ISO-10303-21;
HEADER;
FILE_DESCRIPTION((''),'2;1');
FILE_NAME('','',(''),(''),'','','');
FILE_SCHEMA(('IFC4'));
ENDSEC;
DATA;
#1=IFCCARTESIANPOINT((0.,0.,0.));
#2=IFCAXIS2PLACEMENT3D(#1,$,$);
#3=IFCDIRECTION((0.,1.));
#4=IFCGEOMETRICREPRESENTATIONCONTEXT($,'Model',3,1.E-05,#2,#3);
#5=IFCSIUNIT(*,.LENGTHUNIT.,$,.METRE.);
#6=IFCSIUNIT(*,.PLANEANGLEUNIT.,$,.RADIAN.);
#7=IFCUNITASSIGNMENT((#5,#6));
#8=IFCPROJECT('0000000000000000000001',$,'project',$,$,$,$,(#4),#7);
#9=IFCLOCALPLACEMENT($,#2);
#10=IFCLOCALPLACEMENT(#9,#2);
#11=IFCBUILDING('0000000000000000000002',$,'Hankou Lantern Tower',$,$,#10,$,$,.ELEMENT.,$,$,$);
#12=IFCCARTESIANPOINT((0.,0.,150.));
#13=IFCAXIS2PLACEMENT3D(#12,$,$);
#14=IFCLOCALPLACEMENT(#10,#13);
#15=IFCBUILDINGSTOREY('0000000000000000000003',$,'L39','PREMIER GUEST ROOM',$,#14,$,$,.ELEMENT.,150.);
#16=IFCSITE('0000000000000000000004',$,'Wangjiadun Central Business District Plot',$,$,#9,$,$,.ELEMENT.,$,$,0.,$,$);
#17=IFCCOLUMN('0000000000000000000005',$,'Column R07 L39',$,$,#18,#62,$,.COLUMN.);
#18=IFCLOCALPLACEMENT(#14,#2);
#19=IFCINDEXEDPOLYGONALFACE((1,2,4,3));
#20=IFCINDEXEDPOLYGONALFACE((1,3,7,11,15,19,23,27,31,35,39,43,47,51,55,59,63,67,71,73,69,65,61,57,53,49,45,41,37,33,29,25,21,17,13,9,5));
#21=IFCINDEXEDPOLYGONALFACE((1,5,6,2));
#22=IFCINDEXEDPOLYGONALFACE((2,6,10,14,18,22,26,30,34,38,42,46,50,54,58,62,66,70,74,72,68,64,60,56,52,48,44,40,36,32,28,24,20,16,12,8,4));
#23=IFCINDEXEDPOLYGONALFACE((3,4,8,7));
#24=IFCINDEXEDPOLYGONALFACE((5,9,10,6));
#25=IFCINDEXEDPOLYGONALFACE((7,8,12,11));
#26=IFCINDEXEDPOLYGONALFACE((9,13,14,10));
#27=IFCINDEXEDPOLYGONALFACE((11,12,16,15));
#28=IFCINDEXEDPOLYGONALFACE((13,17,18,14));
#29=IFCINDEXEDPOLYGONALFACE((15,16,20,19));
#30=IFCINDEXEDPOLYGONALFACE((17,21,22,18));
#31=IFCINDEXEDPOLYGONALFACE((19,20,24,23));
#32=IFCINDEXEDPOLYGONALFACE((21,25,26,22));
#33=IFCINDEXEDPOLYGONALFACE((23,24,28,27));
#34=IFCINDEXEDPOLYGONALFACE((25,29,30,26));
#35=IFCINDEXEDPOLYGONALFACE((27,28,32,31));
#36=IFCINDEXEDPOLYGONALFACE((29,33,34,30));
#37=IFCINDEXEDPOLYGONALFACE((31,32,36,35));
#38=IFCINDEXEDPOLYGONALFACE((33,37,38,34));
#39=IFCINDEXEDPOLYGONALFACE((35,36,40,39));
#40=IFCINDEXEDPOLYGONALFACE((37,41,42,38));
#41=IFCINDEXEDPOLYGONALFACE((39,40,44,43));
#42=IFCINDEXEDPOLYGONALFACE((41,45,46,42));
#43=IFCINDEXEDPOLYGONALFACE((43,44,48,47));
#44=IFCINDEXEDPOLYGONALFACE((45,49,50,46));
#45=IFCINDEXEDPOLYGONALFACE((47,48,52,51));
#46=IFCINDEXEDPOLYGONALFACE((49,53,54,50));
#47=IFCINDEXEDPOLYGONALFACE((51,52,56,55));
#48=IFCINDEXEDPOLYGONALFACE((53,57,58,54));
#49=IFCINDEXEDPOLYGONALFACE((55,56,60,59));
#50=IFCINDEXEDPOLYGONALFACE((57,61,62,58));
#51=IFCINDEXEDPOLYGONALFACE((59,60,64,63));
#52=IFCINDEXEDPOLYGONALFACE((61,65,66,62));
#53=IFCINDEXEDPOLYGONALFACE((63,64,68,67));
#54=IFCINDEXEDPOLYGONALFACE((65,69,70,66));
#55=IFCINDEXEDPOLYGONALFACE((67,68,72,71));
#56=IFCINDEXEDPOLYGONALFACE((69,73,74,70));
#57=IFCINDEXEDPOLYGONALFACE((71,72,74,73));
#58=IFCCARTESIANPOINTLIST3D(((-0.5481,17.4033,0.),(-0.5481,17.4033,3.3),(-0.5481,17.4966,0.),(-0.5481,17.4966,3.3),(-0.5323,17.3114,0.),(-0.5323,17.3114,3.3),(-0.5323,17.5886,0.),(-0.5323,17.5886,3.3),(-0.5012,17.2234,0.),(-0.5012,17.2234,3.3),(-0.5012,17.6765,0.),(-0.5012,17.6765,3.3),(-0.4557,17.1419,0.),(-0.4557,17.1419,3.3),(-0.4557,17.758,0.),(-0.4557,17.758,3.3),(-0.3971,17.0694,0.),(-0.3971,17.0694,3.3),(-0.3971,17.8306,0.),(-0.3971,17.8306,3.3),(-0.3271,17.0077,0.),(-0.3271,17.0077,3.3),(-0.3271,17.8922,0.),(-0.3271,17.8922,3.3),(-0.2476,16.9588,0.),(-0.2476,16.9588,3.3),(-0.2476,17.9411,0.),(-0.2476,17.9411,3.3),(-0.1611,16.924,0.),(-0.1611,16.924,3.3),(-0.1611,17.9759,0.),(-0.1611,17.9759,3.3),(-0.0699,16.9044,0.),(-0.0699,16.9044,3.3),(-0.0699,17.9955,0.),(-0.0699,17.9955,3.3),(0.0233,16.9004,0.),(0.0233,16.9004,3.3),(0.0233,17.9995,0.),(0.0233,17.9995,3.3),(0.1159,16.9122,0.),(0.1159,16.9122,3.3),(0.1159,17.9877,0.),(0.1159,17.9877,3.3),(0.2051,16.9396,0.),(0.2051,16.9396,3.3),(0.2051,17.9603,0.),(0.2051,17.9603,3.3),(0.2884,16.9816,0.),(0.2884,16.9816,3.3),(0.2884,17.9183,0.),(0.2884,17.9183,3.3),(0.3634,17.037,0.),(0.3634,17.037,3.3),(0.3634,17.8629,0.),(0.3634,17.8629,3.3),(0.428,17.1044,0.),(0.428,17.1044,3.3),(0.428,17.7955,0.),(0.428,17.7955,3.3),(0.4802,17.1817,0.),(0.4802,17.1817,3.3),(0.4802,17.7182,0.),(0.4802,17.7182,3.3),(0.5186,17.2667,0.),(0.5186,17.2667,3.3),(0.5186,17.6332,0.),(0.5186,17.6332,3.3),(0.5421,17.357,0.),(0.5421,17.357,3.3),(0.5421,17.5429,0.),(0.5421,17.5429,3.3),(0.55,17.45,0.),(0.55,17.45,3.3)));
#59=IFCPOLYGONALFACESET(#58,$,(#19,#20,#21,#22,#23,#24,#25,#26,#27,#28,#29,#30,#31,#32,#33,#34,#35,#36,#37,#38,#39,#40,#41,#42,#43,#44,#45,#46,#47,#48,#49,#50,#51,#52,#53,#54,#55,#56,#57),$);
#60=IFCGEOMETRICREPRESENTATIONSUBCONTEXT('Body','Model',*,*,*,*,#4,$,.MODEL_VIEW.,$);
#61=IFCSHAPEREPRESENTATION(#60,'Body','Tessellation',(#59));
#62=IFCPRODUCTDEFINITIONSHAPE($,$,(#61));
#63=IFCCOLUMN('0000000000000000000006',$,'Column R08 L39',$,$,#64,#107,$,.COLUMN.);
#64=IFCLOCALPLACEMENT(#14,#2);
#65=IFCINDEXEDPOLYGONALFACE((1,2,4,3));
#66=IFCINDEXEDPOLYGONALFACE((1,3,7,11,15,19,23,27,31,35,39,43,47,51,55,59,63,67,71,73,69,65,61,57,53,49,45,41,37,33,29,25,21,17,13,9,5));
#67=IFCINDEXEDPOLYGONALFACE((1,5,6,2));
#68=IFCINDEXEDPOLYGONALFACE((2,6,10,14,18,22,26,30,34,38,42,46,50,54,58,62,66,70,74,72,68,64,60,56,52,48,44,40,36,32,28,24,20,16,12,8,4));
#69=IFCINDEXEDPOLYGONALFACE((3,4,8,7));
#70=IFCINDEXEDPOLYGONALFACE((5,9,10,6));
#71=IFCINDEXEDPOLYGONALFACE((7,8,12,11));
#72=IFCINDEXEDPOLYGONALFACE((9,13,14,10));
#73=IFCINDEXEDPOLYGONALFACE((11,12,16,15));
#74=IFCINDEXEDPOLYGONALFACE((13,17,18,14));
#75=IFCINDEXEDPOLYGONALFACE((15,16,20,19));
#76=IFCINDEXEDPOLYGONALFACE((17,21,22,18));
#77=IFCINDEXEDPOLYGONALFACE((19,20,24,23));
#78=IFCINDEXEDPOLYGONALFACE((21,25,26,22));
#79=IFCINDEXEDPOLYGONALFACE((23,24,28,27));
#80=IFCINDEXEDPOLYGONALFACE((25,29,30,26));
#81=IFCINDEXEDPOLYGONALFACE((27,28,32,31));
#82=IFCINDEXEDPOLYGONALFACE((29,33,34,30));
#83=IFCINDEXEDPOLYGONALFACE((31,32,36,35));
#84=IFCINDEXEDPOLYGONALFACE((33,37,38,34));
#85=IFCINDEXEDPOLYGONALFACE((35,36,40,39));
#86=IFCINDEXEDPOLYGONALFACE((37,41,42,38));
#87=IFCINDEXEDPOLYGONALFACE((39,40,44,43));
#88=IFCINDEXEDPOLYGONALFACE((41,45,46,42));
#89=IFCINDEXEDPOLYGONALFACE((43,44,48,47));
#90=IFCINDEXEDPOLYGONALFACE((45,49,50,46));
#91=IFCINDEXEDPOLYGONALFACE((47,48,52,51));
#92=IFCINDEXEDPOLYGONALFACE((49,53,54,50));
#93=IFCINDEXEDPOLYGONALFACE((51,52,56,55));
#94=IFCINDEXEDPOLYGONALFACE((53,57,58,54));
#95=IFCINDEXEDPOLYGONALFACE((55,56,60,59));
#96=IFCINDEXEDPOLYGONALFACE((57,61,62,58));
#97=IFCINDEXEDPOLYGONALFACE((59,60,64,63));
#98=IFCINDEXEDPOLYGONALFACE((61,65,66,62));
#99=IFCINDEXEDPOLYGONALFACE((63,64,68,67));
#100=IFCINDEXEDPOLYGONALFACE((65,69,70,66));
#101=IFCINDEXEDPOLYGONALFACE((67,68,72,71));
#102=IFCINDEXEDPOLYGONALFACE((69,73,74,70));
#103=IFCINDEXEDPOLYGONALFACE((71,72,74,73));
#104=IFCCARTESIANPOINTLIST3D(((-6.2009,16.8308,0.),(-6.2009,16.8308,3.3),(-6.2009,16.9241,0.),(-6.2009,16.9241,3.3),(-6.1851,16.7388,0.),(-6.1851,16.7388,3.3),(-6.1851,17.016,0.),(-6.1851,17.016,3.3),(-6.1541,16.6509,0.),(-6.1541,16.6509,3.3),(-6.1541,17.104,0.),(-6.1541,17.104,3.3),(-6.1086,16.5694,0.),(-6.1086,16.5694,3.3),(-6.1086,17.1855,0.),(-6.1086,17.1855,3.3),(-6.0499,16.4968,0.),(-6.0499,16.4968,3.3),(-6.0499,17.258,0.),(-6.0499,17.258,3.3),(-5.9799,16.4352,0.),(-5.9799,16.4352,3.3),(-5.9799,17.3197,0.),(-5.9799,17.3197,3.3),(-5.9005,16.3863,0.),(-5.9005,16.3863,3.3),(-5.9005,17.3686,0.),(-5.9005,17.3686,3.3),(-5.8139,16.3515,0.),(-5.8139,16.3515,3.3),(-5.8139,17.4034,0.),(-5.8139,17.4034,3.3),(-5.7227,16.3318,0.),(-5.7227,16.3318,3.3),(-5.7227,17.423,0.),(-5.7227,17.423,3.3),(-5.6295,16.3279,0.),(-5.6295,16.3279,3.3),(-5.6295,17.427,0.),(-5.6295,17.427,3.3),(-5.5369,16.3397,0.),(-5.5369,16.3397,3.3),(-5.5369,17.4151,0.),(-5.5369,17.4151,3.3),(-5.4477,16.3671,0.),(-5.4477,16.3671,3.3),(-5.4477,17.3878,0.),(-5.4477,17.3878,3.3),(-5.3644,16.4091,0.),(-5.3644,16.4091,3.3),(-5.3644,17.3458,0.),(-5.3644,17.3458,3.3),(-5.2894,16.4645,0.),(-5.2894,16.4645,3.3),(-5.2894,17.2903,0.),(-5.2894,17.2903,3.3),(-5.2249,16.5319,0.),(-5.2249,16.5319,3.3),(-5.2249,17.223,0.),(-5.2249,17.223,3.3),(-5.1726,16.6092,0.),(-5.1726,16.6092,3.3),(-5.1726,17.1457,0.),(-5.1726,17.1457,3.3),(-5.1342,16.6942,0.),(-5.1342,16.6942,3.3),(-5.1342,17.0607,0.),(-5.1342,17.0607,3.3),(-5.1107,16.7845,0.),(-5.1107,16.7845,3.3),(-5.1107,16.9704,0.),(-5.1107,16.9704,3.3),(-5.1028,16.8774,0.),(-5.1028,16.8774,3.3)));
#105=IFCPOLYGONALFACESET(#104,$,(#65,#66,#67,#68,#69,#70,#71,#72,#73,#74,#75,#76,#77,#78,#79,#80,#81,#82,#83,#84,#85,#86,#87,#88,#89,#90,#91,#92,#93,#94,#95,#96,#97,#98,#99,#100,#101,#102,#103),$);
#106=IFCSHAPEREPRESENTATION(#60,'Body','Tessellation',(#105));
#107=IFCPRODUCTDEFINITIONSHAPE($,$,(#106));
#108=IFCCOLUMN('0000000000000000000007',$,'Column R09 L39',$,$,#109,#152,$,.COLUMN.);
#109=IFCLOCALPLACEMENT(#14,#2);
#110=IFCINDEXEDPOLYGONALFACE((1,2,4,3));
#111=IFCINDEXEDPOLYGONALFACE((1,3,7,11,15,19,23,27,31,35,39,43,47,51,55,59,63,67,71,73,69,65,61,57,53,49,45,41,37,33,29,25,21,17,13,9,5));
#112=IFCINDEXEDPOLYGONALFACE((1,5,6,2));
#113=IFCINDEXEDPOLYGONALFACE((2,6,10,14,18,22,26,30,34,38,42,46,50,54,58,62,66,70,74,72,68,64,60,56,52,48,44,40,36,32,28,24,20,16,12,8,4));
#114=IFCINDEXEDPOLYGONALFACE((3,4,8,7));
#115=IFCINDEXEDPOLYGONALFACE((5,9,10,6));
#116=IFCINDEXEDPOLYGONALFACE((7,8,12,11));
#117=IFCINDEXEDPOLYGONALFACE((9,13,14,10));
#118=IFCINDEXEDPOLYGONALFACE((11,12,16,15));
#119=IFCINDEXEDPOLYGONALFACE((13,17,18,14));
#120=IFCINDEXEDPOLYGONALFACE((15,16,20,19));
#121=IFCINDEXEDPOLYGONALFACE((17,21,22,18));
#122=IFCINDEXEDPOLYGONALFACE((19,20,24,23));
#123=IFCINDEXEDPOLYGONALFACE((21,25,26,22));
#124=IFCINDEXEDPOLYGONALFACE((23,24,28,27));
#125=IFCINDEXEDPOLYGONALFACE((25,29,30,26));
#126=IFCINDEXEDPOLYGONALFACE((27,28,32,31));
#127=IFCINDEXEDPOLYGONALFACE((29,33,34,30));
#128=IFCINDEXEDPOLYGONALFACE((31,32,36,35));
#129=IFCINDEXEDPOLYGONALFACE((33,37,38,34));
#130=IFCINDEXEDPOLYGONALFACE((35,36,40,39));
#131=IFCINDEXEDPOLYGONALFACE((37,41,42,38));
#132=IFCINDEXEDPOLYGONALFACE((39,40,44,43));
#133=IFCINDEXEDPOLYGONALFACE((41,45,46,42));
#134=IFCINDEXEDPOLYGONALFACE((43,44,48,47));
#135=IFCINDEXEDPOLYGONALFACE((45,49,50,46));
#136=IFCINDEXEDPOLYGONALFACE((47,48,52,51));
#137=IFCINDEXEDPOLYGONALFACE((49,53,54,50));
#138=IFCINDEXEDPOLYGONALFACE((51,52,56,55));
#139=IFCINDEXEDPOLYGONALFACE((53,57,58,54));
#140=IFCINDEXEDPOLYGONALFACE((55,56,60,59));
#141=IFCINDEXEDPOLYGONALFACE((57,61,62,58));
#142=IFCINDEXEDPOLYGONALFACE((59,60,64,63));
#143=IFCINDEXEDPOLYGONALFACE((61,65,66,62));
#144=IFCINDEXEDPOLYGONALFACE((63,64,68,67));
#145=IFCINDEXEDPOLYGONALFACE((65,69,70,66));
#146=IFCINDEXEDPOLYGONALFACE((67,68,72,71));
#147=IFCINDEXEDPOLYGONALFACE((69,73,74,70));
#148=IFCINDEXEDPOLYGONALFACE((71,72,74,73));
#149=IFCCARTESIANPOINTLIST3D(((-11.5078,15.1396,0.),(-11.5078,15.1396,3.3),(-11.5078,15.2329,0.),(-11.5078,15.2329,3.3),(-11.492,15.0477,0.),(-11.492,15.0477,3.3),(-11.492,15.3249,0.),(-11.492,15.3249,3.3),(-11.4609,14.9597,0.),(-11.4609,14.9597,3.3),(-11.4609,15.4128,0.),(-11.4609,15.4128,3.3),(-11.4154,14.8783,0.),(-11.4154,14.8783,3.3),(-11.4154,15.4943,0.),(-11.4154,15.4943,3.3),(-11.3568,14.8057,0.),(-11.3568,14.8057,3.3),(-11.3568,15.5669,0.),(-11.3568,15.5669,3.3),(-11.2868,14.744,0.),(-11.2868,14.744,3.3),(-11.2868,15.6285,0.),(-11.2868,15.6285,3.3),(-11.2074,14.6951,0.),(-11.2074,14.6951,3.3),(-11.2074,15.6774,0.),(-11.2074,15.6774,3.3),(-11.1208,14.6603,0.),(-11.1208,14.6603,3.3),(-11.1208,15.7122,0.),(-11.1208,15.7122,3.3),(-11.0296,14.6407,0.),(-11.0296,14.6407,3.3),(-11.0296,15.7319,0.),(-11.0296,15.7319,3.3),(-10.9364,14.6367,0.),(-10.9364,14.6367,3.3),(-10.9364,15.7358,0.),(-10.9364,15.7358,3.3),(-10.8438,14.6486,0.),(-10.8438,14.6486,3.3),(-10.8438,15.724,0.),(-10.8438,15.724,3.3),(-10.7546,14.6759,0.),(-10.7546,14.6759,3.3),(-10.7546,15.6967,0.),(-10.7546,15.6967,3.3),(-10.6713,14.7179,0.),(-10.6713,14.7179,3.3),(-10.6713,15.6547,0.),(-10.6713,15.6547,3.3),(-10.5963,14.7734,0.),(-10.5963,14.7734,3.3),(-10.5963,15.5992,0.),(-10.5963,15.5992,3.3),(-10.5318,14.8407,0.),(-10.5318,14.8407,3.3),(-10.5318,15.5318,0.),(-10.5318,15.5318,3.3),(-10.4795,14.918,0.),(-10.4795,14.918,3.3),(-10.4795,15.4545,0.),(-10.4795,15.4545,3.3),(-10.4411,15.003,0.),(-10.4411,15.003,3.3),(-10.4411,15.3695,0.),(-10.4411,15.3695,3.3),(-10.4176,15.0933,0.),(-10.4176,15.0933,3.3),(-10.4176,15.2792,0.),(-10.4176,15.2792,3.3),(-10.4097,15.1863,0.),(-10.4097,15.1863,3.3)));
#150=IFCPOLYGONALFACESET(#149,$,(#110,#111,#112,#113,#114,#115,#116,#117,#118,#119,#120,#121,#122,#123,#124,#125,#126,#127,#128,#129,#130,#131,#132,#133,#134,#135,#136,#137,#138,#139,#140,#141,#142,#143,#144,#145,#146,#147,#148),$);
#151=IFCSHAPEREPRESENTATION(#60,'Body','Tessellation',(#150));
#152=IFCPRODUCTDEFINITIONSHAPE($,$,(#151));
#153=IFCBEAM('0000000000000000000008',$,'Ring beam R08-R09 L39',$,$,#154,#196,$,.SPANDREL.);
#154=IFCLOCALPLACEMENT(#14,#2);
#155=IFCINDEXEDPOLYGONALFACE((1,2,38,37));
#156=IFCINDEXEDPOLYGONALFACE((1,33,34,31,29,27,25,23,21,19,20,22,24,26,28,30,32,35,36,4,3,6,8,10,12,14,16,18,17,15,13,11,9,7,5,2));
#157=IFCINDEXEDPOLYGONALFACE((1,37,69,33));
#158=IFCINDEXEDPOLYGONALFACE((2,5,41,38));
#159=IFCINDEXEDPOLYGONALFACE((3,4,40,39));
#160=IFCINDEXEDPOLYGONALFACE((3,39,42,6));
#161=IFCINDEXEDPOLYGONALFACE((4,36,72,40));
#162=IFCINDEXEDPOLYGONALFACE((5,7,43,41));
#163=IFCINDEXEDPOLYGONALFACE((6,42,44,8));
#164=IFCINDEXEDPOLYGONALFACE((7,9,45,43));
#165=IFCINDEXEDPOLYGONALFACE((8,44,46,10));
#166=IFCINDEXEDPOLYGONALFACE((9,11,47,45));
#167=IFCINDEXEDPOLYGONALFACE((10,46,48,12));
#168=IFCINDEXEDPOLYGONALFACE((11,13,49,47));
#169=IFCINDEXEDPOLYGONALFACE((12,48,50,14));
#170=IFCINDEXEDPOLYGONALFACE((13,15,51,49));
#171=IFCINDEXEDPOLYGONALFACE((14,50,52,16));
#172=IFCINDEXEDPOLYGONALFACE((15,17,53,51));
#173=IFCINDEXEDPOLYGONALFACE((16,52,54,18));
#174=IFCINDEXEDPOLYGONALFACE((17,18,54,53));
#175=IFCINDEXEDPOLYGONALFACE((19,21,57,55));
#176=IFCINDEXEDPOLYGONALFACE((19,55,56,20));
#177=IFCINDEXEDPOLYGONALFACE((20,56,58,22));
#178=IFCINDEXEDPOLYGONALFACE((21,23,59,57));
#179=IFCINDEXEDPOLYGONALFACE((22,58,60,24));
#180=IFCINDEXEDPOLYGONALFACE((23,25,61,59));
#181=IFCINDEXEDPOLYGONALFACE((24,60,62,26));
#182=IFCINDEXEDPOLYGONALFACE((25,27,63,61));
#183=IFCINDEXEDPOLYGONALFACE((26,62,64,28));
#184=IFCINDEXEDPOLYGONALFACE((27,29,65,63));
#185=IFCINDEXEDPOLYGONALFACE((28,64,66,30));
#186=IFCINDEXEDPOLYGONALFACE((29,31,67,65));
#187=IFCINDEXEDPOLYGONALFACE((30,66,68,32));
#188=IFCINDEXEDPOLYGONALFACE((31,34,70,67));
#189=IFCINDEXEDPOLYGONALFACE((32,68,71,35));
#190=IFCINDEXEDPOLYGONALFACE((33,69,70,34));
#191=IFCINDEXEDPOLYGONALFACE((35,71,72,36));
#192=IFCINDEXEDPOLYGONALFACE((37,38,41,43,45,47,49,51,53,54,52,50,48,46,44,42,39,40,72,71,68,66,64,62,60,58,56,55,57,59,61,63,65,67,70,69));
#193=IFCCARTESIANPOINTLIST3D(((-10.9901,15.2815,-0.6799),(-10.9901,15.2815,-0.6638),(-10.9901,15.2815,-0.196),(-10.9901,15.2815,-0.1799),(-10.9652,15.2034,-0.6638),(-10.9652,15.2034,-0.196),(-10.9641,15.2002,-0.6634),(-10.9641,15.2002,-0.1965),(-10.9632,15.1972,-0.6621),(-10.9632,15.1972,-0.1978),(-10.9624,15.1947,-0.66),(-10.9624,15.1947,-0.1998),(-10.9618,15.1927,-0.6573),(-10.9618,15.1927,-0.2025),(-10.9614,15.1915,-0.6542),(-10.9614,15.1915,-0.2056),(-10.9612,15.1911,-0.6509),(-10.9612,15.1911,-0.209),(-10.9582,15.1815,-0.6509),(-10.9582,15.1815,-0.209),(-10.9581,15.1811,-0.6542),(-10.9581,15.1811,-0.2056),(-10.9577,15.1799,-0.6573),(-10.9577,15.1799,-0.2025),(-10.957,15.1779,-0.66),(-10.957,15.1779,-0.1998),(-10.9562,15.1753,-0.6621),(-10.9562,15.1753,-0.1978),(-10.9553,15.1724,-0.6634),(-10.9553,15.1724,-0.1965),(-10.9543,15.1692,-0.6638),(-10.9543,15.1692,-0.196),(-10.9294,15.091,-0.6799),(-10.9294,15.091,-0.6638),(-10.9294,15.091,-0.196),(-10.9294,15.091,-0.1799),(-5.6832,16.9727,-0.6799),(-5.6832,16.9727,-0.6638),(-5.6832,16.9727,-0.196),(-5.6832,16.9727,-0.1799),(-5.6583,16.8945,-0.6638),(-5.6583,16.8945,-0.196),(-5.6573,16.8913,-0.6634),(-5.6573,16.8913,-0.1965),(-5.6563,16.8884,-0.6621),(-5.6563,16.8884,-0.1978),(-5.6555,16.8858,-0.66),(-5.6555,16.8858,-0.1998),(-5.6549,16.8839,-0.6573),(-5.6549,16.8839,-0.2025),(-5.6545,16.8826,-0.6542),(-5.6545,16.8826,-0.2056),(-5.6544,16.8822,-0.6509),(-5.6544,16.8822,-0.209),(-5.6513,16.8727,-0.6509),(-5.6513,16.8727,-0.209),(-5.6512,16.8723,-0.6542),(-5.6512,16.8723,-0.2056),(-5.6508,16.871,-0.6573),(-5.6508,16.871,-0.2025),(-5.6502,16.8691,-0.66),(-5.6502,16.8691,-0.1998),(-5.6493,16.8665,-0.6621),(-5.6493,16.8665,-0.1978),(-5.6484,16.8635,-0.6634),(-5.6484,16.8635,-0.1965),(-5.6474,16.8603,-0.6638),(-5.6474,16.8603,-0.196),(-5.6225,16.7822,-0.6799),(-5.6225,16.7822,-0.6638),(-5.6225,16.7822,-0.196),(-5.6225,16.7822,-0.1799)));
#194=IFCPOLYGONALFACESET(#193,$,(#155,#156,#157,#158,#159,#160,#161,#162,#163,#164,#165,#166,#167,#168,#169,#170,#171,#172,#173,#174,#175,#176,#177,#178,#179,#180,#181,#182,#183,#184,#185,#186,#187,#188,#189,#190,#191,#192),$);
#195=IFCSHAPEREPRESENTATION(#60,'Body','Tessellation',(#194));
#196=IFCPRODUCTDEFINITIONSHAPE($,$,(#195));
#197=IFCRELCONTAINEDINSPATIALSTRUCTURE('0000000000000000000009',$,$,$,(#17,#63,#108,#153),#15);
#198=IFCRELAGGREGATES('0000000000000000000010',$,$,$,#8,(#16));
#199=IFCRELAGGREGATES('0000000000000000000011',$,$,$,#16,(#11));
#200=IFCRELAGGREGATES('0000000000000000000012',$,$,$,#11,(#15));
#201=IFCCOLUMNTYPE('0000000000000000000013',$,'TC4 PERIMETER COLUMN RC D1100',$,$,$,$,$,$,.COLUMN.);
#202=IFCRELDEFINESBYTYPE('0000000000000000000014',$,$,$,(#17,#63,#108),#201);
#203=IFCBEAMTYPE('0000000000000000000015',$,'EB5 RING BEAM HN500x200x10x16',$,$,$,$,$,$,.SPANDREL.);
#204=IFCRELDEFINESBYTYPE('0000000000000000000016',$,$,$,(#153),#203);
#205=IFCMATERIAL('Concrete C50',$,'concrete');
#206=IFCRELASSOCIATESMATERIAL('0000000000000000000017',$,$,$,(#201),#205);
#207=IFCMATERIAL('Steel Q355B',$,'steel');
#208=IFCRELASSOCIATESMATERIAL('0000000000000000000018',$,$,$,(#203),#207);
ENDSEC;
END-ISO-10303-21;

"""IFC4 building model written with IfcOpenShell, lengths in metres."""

from ifc_helpers import new_model, si_unit, direction, frame, origin, origin_2d, place, context, subcontext, project, spatial, circle, i_section, extrude, material, material_profile, profile_set, type_object, element, save


model = new_model("IFC4")

# Units and contexts
model_context = context("Model", 3, precision=1e-05, world=origin(), true_north=direction((0.0, 1.0)))
body_context = subcontext(model_context, "Body", "Model", "MODEL_VIEW")
ifc_project = project(units=[si_unit("LENGTHUNIT", "METRE"), si_unit("PLANEANGLEUNIT", "RADIAN")], contexts=[model_context])

# Site, building, storey
site_placement = place(None, origin())
site = spatial("IfcSite", under=ifc_project, at=site_placement, Name="Wangjiadun Central Business District Plot", CompositionType="ELEMENT", RefElevation=0.0)
building_placement = place(site_placement, origin())
building = spatial("IfcBuilding", under=site, at=building_placement, Name="Hankou Lantern Tower", CompositionType="ELEMENT")
storey_placement = place(building_placement, frame((0.0, 0.0, 150.0)))
storey = spatial("IfcBuildingStorey", under=building, at=storey_placement, Name="L39", Description="PREMIER GUEST ROOM", CompositionType="ELEMENT", Elevation=150.0)

# Columns
ifc_material_1 = material(Name="Concrete C50", Category="concrete")
ifc_material_profile_1 = material_profile(ifc_material_1, circle(Radius=0.55, at=origin_2d()), Name="RC D1100")
ifc_profile_set_1 = profile_set([ifc_material_profile_1], Name="Concrete C50")
column_type = type_object("IfcColumnType", Name="TC4 PERIMETER COLUMN RC D1100", PredefinedType="COLUMN", material=ifc_profile_set_1)
for number, where, z_axis, x_axis, name in (
    (1, (0.0, 17.45, 0.0), (0.0, 0.0, 1.0), (1.0, 0.0, 0.0), "Column R07 L39"),
    (2, (-5.6528, 16.8774, 0.0), (0.0, 0.0, 1.0), (1.0, 0.0, 0.0), "Column R08 L39"),
    (3, (-10.9597, 15.1863, 0.0), (0.0, 0.0, 1.0), (1.0, 0.0, 0.0), "Column R09 L39"),
):
    element("IfcColumn", number, at=place(storey_placement, frame(where, z_axis=z_axis, x_axis=x_axis)), inside=storey, type_object=column_type, Name=name, PredefinedType="COLUMN", context=body_context, shape_type="SweptSolid", body=[
        extrude(circle(Radius=0.55, at=origin_2d()), origin(), (0.0, 0.0, 1.0), 3.3),
    ])

# Beam
ifc_material_2 = material(Name="Steel Q355B", Category="steel")
ifc_material_profile_2 = material_profile(ifc_material_2, i_section(OverallWidth=0.2, OverallDepth=0.5, WebThickness=0.01, FlangeThickness=0.0161, FilletRadius=0.0129, at=origin_2d()), Name="HN500x200x10x16")
ifc_profile_set_2 = profile_set([ifc_material_profile_2], Name="Steel Q355B")
beam_type_1 = type_object("IfcBeamType", Name="EB5 RING BEAM HN500x200x10x16", PredefinedType="SPANDREL", material=ifc_profile_set_2)
beam_1_placement = place(storey_placement, frame((-5.6528, 16.8774, -0.4299), z_axis=(-0.95279, -0.303629, 0.0), x_axis=(0.303629, -0.95279, 0.0)))
element("IfcBeam", 4, at=beam_1_placement, inside=storey, type_object=beam_type_1, Name="Ring beam R08-R09 L39", PredefinedType="SPANDREL", context=body_context, shape_type="SweptSolid", body=[
    extrude(i_section(OverallWidth=0.2, OverallDepth=0.5, WebThickness=0.01, FlangeThickness=0.0161, FilletRadius=0.0129, at=origin_2d()), origin(), (0.0, 0.0, 1.0), 5.5698),
])

save(model, "model.ifc")
